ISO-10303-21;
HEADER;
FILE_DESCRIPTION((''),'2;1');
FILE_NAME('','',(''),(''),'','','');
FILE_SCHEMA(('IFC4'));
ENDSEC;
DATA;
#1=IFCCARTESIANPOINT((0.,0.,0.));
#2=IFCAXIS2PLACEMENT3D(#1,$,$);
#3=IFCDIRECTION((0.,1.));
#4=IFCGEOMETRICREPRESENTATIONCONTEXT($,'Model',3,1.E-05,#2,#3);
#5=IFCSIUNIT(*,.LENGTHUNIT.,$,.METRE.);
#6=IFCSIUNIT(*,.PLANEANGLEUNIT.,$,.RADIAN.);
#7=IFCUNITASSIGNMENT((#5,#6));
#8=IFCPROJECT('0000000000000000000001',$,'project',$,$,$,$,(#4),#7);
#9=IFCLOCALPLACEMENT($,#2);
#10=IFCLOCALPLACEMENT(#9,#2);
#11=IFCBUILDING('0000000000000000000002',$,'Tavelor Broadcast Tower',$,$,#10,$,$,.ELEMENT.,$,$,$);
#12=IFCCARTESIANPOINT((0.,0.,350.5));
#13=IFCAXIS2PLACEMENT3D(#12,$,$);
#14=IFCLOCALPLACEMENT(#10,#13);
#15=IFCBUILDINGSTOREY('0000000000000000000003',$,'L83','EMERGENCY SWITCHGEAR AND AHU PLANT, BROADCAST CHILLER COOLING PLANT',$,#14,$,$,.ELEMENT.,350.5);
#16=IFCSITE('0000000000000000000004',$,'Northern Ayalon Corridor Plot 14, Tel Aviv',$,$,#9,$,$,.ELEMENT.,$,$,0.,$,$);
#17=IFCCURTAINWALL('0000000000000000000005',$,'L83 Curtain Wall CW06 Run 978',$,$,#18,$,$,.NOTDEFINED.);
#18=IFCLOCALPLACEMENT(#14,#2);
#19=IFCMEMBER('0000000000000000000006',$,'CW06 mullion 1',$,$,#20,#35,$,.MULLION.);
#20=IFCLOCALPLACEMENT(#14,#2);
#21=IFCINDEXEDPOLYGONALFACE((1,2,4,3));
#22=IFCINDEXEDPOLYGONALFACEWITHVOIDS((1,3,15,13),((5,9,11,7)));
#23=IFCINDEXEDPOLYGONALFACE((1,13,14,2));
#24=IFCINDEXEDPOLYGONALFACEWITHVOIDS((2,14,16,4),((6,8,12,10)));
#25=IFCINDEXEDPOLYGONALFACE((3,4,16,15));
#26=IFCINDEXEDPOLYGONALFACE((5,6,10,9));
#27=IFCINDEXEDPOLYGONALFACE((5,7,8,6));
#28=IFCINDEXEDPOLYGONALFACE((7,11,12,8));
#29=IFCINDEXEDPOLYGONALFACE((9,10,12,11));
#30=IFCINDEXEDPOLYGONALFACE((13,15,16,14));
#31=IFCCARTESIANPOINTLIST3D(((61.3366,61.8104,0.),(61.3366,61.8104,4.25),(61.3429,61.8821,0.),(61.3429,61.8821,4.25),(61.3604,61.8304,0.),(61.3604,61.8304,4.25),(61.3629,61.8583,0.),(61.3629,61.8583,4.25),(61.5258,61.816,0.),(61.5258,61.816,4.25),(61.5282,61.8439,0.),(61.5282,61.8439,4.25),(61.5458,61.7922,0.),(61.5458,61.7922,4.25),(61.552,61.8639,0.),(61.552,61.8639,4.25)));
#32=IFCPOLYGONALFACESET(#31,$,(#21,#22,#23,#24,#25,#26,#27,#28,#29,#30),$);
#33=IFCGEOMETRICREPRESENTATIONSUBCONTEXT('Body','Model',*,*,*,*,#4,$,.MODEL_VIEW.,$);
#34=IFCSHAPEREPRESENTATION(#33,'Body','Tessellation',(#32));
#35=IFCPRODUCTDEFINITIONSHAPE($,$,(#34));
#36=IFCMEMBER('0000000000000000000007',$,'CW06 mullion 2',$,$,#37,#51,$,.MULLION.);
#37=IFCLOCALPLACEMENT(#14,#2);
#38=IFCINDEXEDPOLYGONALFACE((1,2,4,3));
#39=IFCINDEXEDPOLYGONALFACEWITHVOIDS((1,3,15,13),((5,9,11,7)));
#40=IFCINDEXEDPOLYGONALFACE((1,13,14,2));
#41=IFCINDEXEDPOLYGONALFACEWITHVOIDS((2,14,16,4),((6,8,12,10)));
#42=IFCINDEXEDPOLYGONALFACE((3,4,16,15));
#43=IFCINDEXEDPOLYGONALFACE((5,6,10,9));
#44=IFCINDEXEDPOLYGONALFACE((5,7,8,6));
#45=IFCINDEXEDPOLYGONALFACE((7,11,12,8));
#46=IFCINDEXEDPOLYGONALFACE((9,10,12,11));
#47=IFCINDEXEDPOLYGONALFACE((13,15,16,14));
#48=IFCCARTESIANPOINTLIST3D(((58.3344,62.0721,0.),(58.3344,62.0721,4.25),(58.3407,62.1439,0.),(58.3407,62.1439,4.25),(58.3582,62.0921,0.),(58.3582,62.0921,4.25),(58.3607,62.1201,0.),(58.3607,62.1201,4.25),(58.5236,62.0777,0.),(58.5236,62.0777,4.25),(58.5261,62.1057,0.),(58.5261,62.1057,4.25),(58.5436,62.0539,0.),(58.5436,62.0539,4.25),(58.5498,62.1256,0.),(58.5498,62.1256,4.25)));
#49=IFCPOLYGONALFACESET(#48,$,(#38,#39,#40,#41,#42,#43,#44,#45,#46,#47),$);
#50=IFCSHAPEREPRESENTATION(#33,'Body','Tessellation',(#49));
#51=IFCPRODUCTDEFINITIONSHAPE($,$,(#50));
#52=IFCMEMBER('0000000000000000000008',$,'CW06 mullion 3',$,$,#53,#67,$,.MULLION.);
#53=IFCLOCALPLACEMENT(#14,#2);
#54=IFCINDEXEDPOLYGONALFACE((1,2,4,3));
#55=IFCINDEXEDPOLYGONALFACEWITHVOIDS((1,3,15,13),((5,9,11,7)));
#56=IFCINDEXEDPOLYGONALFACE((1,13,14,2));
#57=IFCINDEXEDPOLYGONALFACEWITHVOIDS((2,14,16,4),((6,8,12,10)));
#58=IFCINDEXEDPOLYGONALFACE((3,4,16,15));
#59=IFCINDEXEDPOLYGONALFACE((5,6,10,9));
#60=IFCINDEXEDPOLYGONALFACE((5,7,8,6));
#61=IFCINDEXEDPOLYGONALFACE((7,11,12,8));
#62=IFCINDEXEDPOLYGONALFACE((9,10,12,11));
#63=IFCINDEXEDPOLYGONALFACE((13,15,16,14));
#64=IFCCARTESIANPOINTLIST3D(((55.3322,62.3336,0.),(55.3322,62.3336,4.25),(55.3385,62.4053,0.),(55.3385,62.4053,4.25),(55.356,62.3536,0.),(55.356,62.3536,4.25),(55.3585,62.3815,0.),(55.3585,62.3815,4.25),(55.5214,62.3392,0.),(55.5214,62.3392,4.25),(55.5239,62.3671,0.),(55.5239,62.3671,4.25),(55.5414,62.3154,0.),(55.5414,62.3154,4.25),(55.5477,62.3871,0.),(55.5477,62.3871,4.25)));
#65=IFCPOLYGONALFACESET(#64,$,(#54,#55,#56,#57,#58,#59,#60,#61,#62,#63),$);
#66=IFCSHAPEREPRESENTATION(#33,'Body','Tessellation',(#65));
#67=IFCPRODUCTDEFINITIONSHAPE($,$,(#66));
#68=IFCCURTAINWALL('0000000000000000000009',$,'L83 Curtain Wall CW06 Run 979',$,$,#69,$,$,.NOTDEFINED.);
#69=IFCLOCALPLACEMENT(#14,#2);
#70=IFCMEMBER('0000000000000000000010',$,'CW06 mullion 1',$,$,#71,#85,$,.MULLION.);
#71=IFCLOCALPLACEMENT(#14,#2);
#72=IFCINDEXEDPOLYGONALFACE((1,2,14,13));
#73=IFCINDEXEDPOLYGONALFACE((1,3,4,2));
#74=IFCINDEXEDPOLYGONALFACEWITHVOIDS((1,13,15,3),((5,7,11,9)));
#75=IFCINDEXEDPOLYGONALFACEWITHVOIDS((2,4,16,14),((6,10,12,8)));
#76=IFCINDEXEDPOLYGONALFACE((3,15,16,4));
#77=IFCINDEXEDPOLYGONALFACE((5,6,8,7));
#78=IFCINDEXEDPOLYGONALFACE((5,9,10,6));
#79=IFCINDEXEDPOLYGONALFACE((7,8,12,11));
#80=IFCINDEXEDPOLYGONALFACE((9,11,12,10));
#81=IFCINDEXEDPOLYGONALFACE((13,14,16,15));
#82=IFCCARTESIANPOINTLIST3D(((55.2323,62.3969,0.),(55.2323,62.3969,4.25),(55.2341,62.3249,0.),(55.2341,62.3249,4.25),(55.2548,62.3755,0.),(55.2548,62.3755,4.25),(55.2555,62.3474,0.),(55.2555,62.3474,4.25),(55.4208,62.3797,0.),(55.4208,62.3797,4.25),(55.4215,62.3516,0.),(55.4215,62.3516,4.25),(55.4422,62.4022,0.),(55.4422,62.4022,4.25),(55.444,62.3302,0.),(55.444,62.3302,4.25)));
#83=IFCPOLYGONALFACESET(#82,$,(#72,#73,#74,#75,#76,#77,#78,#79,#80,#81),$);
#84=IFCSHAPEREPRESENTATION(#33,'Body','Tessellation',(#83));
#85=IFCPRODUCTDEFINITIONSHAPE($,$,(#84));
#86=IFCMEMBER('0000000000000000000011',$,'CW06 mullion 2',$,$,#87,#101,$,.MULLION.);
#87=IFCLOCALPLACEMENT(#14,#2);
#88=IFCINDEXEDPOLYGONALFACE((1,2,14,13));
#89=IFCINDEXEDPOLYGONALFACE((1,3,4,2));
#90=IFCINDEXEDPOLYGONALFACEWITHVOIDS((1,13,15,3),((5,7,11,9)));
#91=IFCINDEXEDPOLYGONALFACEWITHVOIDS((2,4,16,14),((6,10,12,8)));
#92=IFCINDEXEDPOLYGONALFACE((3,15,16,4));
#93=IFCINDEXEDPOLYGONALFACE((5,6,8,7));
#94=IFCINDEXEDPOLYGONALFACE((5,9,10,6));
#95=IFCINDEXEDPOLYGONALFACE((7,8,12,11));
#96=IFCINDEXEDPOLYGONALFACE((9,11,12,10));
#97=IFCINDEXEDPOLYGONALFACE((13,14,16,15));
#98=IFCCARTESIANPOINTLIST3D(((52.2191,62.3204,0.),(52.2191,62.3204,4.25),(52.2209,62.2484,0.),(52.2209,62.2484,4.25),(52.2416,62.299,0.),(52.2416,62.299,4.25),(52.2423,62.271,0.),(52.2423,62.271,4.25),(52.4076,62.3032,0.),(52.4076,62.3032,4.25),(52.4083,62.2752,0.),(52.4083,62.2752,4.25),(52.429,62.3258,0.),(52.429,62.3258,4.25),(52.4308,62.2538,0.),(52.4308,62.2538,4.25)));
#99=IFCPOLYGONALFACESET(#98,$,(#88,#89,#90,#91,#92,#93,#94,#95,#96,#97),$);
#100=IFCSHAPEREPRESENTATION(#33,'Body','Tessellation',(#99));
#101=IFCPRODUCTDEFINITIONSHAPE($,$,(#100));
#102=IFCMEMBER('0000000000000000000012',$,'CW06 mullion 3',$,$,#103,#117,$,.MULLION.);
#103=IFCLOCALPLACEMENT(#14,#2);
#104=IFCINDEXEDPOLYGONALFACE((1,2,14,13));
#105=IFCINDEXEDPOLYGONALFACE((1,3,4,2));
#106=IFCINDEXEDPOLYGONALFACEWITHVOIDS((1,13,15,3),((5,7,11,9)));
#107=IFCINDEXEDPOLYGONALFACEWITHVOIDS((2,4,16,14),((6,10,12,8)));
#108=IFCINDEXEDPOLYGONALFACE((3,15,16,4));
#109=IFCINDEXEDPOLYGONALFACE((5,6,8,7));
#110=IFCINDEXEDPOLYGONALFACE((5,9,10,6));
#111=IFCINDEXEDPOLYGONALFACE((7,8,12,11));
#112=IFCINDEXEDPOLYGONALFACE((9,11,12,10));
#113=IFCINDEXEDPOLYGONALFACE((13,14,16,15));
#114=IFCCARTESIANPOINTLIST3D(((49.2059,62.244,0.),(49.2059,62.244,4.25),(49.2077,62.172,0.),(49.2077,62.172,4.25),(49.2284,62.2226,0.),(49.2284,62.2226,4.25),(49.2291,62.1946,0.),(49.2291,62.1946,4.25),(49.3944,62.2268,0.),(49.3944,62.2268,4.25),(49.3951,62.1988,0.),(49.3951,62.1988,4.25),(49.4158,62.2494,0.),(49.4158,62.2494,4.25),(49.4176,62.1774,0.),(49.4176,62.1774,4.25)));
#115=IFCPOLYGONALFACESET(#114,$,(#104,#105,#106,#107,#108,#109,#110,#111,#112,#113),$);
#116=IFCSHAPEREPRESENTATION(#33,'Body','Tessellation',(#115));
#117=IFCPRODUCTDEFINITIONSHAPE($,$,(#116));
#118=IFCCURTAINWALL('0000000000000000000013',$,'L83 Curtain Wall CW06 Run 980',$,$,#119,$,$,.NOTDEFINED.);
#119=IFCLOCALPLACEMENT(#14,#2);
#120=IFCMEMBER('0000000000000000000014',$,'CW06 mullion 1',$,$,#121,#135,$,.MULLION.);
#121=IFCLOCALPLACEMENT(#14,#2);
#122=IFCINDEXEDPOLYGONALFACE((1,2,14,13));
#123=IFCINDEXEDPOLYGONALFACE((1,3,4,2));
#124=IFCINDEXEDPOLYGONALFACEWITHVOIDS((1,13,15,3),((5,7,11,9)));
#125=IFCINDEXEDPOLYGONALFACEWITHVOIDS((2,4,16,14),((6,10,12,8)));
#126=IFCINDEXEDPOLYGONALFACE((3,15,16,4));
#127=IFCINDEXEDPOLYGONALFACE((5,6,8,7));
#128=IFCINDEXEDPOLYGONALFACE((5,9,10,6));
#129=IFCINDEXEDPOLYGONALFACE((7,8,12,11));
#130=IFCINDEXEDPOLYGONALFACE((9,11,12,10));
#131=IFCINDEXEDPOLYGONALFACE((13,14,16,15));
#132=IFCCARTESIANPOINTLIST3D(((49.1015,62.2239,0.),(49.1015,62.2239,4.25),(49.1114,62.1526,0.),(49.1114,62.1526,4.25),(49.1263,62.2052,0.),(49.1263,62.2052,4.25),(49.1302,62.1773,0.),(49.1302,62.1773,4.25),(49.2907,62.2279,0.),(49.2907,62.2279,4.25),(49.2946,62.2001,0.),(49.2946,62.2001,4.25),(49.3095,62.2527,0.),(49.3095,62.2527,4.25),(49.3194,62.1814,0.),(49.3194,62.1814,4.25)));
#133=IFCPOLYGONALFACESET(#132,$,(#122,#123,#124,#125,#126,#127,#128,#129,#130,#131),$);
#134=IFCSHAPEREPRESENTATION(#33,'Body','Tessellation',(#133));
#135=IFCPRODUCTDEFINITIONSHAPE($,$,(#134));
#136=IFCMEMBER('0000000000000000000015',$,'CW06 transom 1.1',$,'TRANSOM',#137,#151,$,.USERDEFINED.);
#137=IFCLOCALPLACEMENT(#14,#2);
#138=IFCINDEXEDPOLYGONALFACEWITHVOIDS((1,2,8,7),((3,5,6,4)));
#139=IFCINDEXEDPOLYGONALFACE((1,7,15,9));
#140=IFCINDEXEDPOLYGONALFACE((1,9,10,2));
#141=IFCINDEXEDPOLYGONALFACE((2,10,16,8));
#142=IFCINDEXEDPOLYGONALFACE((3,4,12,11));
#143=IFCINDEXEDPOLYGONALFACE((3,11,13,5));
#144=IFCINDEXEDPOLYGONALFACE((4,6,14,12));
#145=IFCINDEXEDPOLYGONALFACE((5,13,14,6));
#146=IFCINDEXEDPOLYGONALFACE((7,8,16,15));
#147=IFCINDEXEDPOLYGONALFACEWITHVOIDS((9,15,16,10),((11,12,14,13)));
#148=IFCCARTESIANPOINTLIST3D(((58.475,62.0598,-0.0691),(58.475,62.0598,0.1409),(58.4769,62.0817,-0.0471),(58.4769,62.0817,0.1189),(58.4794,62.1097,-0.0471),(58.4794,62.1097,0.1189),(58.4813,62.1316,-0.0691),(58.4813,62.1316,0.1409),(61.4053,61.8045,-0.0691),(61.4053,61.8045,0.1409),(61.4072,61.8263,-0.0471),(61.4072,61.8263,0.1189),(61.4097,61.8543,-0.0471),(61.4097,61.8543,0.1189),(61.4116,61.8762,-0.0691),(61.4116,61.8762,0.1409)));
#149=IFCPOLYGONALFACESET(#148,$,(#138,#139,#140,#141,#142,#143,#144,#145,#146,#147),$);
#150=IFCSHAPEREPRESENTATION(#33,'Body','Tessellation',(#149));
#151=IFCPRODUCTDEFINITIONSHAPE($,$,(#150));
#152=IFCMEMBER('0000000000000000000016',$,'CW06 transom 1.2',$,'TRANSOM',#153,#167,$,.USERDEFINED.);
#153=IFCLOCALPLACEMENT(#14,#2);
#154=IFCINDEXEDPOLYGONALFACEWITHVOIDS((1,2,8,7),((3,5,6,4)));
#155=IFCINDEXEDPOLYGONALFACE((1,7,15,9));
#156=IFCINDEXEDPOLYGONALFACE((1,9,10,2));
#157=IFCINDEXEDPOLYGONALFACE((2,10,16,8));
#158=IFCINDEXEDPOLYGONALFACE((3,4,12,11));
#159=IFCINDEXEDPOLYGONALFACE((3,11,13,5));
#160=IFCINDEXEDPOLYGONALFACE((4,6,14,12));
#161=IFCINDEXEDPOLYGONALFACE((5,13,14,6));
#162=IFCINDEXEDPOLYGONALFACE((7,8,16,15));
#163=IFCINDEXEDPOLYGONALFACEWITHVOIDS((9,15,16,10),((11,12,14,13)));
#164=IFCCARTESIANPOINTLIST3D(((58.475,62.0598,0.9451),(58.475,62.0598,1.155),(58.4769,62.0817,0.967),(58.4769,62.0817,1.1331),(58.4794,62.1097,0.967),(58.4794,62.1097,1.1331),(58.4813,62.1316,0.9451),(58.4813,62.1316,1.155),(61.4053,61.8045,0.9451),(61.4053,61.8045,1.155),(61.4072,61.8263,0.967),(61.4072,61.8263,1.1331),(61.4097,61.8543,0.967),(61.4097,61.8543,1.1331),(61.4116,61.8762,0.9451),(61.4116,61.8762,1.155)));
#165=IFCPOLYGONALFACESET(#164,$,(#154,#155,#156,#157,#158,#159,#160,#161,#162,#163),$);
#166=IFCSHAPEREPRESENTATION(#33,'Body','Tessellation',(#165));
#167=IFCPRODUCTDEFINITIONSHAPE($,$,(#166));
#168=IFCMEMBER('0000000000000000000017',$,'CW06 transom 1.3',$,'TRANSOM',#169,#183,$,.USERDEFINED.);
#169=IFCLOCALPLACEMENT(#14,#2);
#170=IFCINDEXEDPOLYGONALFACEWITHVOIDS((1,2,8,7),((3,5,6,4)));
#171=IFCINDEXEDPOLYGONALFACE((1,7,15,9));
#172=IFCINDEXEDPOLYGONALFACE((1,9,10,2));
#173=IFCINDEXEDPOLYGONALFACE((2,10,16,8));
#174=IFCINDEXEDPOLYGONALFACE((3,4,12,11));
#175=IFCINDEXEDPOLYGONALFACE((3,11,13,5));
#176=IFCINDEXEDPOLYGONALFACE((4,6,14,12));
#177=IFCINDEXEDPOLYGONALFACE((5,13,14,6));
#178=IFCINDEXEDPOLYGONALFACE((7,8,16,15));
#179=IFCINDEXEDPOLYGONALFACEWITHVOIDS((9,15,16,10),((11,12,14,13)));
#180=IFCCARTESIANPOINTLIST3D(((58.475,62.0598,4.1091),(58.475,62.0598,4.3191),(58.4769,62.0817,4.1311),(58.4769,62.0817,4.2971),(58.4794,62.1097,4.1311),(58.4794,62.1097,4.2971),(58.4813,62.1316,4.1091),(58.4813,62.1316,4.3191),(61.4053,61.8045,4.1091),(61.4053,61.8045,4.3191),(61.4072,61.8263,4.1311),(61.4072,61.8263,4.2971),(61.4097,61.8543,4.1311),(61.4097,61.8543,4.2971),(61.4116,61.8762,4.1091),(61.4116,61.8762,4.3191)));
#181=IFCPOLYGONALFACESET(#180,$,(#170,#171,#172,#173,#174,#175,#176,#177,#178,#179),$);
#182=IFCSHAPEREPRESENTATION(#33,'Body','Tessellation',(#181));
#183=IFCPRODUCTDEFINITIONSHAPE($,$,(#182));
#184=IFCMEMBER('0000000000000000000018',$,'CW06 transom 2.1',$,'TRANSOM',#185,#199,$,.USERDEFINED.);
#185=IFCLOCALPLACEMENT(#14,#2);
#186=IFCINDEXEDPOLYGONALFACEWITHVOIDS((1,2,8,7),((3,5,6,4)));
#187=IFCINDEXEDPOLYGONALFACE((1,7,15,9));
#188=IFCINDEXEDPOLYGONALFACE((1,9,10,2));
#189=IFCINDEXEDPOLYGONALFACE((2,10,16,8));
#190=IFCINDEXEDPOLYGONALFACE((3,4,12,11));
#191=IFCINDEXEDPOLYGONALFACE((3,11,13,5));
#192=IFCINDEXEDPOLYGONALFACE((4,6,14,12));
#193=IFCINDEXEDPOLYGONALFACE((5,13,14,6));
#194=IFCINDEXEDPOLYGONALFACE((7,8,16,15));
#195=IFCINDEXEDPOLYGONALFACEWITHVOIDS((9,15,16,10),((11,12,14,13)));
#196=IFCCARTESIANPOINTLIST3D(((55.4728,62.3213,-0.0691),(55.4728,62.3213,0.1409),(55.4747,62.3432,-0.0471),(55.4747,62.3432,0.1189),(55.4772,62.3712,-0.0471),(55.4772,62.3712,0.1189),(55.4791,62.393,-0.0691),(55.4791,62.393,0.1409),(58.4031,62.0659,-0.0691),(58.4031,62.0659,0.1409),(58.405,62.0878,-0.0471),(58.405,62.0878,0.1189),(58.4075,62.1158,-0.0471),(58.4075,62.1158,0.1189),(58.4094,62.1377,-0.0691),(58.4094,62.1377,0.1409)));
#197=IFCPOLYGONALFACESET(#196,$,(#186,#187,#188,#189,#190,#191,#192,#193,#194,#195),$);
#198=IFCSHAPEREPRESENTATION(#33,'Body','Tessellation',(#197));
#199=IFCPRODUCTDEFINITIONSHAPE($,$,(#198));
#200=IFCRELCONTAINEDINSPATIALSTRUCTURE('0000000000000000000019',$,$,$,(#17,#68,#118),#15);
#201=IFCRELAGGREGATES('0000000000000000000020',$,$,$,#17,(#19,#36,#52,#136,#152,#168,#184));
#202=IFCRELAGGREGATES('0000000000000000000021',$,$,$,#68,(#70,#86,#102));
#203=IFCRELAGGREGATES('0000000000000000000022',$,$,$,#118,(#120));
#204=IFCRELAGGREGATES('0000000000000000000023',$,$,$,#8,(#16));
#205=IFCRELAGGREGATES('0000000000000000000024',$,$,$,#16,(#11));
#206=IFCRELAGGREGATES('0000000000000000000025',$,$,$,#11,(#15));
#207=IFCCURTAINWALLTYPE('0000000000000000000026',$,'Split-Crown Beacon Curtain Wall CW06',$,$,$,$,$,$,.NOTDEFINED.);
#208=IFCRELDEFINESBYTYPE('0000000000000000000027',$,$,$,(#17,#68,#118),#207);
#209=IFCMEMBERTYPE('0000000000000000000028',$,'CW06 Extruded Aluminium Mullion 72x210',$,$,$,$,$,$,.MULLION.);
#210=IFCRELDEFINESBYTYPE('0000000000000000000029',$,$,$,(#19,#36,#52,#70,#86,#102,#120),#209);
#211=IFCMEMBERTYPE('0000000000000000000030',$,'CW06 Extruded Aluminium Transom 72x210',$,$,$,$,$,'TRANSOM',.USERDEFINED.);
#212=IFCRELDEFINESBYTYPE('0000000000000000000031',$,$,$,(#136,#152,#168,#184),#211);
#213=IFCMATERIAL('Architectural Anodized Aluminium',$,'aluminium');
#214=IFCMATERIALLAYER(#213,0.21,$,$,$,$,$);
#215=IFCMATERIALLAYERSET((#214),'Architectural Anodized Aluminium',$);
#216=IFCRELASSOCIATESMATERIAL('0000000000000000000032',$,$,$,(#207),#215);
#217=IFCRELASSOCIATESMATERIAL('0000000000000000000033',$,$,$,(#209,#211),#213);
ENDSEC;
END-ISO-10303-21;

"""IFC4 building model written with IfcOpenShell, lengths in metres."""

from ifc_helpers import new_model, si_unit, direction, frame, origin, origin_2d, place, context, subcontext, project, spatial, hollow_rectangle, extrude, source, transform, mapped, material, layer, layer_set, material_profile, profile_set, type_object, type_shapes, element, aggregate, save


model = new_model("IFC4")

# Units and contexts
model_context = context("Model", 3, precision=1e-05, world=origin(), true_north=direction((0.0, 1.0)))
body_context = subcontext(model_context, "Body", "Model", "MODEL_VIEW")
ifc_project = project(units=[si_unit("LENGTHUNIT", "METRE"), si_unit("PLANEANGLEUNIT", "RADIAN")], contexts=[model_context])

# Site, building, storey
site_placement = place(None, origin())
site = spatial("IfcSite", under=ifc_project, at=site_placement, Name="Northern Ayalon Corridor Plot 14, Tel Aviv", CompositionType="ELEMENT", RefElevation=0.0)
building_placement = place(site_placement, origin())
building = spatial("IfcBuilding", under=site, at=building_placement, Name="Tavelor Broadcast Tower", CompositionType="ELEMENT")
storey_placement = place(building_placement, frame((0.0, 0.0, 350.5)))
storey = spatial("IfcBuildingStorey", under=building, at=storey_placement, Name="L83", Description="EMERGENCY SWITCHGEAR AND AHU PLANT, BROADCAST CHILLER COOLING PLANT", CompositionType="ELEMENT", Elevation=350.5)

# Curtain walls, members
ifc_material_1 = material(Name="Architectural Anodized Aluminium", Category="aluminium")
ifc_layer_1 = layer(ifc_material_1, 0.21)
ifc_layer_set_1 = layer_set([ifc_layer_1], Name="Architectural Anodized Aluminium")
curtain_wall_type = type_object("IfcCurtainWallType", Name="Split-Crown Beacon Curtain Wall CW06", PredefinedType="NOTDEFINED", material=ifc_layer_set_1)
curtain_wall_1_placement = place(storey_placement, origin())
curtain_wall_1 = element("IfcCurtainWall", 1, at=curtain_wall_1_placement, inside=storey, type_object=curtain_wall_type, Name="L83 Curtain Wall CW06 Run 978", PredefinedType="NOTDEFINED")
ifc_material_profile_1 = material_profile(ifc_material_1, hollow_rectangle(XDim=0.072, YDim=0.21, WallThickness=0.022, at=origin_2d()), Name="RHS 72x210x22")
ifc_profile_set_1 = profile_set([ifc_material_profile_1], Name="Architectural Anodized Aluminium")
member_type_1 = type_object("IfcMemberType", Name="CW06 Extruded Aluminium Mullion 72x210", PredefinedType="MULLION", material=ifc_profile_set_1)
shared_shape_1 = source(origin(), body_context, "Body", "SweptSolid", [
    extrude(hollow_rectangle(XDim=0.072, YDim=0.21, WallThickness=0.022, at=origin_2d()), origin(), (0.0, 0.0, 1.0), 4.25),
])
type_shapes(member_type_1, [shared_shape_1])
member_1_placement = place(storey_placement, frame((61.4443, 61.8372, 0.0), z_axis=(0.0, 0.0, 1.0), x_axis=(-0.086801, -0.996226, 0.0)))
member_1 = element("IfcMember", 2, at=member_1_placement, type_object=member_type_1, Name="CW06 mullion 1", PredefinedType="MULLION", context=body_context, shape_type="MappedRepresentation", body=[
    mapped(shared_shape_1, transform((0.0, 0.0, 0.0), scale=1.0)),
])
member_2_placement = place(storey_placement, frame((58.4421, 62.0989, 0.0), z_axis=(0.0, 0.0, 1.0), x_axis=(-0.086801, -0.996226, 0.0)))
member_2 = element("IfcMember", 3, at=member_2_placement, type_object=member_type_1, Name="CW06 mullion 2", PredefinedType="MULLION", context=body_context, shape_type="MappedRepresentation", body=[
    mapped(shared_shape_1, transform((0.0, 0.0, 0.0), scale=1.0)),
])
member_3_placement = place(storey_placement, frame((55.4399, 62.3604, 0.0), z_axis=(0.0, 0.0, 1.0), x_axis=(-0.086801, -0.996226, 0.0)))
member_3 = element("IfcMember", 4, at=member_3_placement, type_object=member_type_1, Name="CW06 mullion 3", PredefinedType="MULLION", context=body_context, shape_type="MappedRepresentation", body=[
    mapped(shared_shape_1, transform((0.0, 0.0, 0.0), scale=1.0)),
])
curtain_wall_2_placement = place(storey_placement, origin())
curtain_wall_2 = element("IfcCurtainWall", 5, at=curtain_wall_2_placement, inside=storey, type_object=curtain_wall_type, Name="L83 Curtain Wall CW06 Run 979", PredefinedType="NOTDEFINED")
member_4_placement = place(storey_placement, frame((55.3381, 62.3635, 0.0), z_axis=(0.0, 0.0, 1.0), x_axis=(0.025343, -0.999679, 0.0)))
member_4 = element("IfcMember", 6, at=member_4_placement, type_object=member_type_1, Name="CW06 mullion 1", PredefinedType="MULLION", context=body_context, shape_type="MappedRepresentation", body=[
    mapped(shared_shape_1, transform((0.0, 0.0, 0.0), scale=1.0)),
])
member_5_placement = place(storey_placement, frame((52.325, 62.2871, 0.0), z_axis=(0.0, 0.0, 1.0), x_axis=(0.025343, -0.999679, 0.0)))
member_5 = element("IfcMember", 7, at=member_5_placement, type_object=member_type_1, Name="CW06 mullion 2", PredefinedType="MULLION", context=body_context, shape_type="MappedRepresentation", body=[
    mapped(shared_shape_1, transform((0.0, 0.0, 0.0), scale=1.0)),
])
member_6_placement = place(storey_placement, frame((49.3118, 62.2107, 0.0), z_axis=(0.0, 0.0, 1.0), x_axis=(0.025343, -0.999679, 0.0)))
member_6 = element("IfcMember", 8, at=member_6_placement, type_object=member_type_1, Name="CW06 mullion 3", PredefinedType="MULLION", context=body_context, shape_type="MappedRepresentation", body=[
    mapped(shared_shape_1, transform((0.0, 0.0, 0.0), scale=1.0)),
])

# Curtain wall, member
curtain_wall_3_placement = place(storey_placement, origin())
curtain_wall_3 = element("IfcCurtainWall", 9, at=curtain_wall_3_placement, inside=storey, type_object=curtain_wall_type, Name="L83 Curtain Wall CW06 Run 980", PredefinedType="NOTDEFINED")
member_7_placement = place(storey_placement, frame((49.2104, 62.2026, 0.0), z_axis=(0.0, 0.0, 1.0), x_axis=(0.137174, -0.990547, 0.0)))
member_7 = element("IfcMember", 10, at=member_7_placement, type_object=member_type_1, Name="CW06 mullion 1", PredefinedType="MULLION", context=body_context, shape_type="MappedRepresentation", body=[
    mapped(shared_shape_1, transform((0.0, 0.0, 0.0), scale=1.0)),
])

# Members
ifc_material_profile_2 = material_profile(ifc_material_1, hollow_rectangle(XDim=0.072, YDim=0.21, WallThickness=0.022, at=origin_2d()), Name="RHS 72x210x22")
ifc_profile_set_2 = profile_set([ifc_material_profile_2], Name="Architectural Anodized Aluminium")
member_type_2 = type_object("IfcMemberType", Name="CW06 Extruded Aluminium Transom 72x210", ElementType="TRANSOM", PredefinedType="USERDEFINED", material=ifc_profile_set_2)
shared_shape_2 = source(origin(), body_context, "Body", "SweptSolid", [
    extrude(hollow_rectangle(XDim=0.072, YDim=0.21, WallThickness=0.022, at=origin_2d()), origin(), (0.0, 0.0, 1.0), 2.9414),
])
member_8_placement = place(storey_placement, frame((61.4084, 61.8403, 0.0359), z_axis=(-0.996224, 0.086816, 0.0), x_axis=(-0.086816, -0.996224, 0.0)))
member_8 = element("IfcMember", 11, at=member_8_placement, type_object=member_type_2, Name="CW06 transom 1.1", ObjectType="TRANSOM", PredefinedType="USERDEFINED", context=body_context, shape_type="MappedRepresentation", body=[
    mapped(shared_shape_2, transform((0.0, 0.0, 0.0), scale=1.0)),
])
member_9_placement = place(storey_placement, frame((61.4084, 61.8403, 1.05), z_axis=(-0.996224, 0.086816, 0.0), x_axis=(-0.086816, -0.996224, 0.0)))
member_9 = element("IfcMember", 12, at=member_9_placement, type_object=member_type_2, Name="CW06 transom 1.2", ObjectType="TRANSOM", PredefinedType="USERDEFINED", context=body_context, shape_type="MappedRepresentation", body=[
    mapped(shared_shape_2, transform((0.0, 0.0, 0.0), scale=1.0)),
])
member_10_placement = place(storey_placement, frame((61.4084, 61.8403, 4.2141), z_axis=(-0.996224, 0.086816, 0.0), x_axis=(-0.086816, -0.996224, 0.0)))
member_10 = element("IfcMember", 13, at=member_10_placement, type_object=member_type_2, Name="CW06 transom 1.3", ObjectType="TRANSOM", PredefinedType="USERDEFINED", context=body_context, shape_type="MappedRepresentation", body=[
    mapped(shared_shape_2, transform((0.0, 0.0, 0.0), scale=1.0)),
])
member_11_placement = place(storey_placement, frame((58.4062, 62.1018, 0.0359), z_axis=(-0.996224, 0.086816, 0.0), x_axis=(-0.086816, -0.996224, 0.0)))
member_11 = element("IfcMember", 14, at=member_11_placement, type_object=member_type_2, Name="CW06 transom 2.1", ObjectType="TRANSOM", PredefinedType="USERDEFINED", context=body_context, shape_type="MappedRepresentation", body=[
    mapped(shared_shape_2, transform((0.0, 0.0, 0.0), scale=1.0)),
])

aggregate(curtain_wall_1, [member_1, member_2, member_3, member_8, member_9, member_10, member_11])
aggregate(curtain_wall_2, [member_4, member_5, member_6])
aggregate(curtain_wall_3, [member_7])

save(model, "model.ifc")
